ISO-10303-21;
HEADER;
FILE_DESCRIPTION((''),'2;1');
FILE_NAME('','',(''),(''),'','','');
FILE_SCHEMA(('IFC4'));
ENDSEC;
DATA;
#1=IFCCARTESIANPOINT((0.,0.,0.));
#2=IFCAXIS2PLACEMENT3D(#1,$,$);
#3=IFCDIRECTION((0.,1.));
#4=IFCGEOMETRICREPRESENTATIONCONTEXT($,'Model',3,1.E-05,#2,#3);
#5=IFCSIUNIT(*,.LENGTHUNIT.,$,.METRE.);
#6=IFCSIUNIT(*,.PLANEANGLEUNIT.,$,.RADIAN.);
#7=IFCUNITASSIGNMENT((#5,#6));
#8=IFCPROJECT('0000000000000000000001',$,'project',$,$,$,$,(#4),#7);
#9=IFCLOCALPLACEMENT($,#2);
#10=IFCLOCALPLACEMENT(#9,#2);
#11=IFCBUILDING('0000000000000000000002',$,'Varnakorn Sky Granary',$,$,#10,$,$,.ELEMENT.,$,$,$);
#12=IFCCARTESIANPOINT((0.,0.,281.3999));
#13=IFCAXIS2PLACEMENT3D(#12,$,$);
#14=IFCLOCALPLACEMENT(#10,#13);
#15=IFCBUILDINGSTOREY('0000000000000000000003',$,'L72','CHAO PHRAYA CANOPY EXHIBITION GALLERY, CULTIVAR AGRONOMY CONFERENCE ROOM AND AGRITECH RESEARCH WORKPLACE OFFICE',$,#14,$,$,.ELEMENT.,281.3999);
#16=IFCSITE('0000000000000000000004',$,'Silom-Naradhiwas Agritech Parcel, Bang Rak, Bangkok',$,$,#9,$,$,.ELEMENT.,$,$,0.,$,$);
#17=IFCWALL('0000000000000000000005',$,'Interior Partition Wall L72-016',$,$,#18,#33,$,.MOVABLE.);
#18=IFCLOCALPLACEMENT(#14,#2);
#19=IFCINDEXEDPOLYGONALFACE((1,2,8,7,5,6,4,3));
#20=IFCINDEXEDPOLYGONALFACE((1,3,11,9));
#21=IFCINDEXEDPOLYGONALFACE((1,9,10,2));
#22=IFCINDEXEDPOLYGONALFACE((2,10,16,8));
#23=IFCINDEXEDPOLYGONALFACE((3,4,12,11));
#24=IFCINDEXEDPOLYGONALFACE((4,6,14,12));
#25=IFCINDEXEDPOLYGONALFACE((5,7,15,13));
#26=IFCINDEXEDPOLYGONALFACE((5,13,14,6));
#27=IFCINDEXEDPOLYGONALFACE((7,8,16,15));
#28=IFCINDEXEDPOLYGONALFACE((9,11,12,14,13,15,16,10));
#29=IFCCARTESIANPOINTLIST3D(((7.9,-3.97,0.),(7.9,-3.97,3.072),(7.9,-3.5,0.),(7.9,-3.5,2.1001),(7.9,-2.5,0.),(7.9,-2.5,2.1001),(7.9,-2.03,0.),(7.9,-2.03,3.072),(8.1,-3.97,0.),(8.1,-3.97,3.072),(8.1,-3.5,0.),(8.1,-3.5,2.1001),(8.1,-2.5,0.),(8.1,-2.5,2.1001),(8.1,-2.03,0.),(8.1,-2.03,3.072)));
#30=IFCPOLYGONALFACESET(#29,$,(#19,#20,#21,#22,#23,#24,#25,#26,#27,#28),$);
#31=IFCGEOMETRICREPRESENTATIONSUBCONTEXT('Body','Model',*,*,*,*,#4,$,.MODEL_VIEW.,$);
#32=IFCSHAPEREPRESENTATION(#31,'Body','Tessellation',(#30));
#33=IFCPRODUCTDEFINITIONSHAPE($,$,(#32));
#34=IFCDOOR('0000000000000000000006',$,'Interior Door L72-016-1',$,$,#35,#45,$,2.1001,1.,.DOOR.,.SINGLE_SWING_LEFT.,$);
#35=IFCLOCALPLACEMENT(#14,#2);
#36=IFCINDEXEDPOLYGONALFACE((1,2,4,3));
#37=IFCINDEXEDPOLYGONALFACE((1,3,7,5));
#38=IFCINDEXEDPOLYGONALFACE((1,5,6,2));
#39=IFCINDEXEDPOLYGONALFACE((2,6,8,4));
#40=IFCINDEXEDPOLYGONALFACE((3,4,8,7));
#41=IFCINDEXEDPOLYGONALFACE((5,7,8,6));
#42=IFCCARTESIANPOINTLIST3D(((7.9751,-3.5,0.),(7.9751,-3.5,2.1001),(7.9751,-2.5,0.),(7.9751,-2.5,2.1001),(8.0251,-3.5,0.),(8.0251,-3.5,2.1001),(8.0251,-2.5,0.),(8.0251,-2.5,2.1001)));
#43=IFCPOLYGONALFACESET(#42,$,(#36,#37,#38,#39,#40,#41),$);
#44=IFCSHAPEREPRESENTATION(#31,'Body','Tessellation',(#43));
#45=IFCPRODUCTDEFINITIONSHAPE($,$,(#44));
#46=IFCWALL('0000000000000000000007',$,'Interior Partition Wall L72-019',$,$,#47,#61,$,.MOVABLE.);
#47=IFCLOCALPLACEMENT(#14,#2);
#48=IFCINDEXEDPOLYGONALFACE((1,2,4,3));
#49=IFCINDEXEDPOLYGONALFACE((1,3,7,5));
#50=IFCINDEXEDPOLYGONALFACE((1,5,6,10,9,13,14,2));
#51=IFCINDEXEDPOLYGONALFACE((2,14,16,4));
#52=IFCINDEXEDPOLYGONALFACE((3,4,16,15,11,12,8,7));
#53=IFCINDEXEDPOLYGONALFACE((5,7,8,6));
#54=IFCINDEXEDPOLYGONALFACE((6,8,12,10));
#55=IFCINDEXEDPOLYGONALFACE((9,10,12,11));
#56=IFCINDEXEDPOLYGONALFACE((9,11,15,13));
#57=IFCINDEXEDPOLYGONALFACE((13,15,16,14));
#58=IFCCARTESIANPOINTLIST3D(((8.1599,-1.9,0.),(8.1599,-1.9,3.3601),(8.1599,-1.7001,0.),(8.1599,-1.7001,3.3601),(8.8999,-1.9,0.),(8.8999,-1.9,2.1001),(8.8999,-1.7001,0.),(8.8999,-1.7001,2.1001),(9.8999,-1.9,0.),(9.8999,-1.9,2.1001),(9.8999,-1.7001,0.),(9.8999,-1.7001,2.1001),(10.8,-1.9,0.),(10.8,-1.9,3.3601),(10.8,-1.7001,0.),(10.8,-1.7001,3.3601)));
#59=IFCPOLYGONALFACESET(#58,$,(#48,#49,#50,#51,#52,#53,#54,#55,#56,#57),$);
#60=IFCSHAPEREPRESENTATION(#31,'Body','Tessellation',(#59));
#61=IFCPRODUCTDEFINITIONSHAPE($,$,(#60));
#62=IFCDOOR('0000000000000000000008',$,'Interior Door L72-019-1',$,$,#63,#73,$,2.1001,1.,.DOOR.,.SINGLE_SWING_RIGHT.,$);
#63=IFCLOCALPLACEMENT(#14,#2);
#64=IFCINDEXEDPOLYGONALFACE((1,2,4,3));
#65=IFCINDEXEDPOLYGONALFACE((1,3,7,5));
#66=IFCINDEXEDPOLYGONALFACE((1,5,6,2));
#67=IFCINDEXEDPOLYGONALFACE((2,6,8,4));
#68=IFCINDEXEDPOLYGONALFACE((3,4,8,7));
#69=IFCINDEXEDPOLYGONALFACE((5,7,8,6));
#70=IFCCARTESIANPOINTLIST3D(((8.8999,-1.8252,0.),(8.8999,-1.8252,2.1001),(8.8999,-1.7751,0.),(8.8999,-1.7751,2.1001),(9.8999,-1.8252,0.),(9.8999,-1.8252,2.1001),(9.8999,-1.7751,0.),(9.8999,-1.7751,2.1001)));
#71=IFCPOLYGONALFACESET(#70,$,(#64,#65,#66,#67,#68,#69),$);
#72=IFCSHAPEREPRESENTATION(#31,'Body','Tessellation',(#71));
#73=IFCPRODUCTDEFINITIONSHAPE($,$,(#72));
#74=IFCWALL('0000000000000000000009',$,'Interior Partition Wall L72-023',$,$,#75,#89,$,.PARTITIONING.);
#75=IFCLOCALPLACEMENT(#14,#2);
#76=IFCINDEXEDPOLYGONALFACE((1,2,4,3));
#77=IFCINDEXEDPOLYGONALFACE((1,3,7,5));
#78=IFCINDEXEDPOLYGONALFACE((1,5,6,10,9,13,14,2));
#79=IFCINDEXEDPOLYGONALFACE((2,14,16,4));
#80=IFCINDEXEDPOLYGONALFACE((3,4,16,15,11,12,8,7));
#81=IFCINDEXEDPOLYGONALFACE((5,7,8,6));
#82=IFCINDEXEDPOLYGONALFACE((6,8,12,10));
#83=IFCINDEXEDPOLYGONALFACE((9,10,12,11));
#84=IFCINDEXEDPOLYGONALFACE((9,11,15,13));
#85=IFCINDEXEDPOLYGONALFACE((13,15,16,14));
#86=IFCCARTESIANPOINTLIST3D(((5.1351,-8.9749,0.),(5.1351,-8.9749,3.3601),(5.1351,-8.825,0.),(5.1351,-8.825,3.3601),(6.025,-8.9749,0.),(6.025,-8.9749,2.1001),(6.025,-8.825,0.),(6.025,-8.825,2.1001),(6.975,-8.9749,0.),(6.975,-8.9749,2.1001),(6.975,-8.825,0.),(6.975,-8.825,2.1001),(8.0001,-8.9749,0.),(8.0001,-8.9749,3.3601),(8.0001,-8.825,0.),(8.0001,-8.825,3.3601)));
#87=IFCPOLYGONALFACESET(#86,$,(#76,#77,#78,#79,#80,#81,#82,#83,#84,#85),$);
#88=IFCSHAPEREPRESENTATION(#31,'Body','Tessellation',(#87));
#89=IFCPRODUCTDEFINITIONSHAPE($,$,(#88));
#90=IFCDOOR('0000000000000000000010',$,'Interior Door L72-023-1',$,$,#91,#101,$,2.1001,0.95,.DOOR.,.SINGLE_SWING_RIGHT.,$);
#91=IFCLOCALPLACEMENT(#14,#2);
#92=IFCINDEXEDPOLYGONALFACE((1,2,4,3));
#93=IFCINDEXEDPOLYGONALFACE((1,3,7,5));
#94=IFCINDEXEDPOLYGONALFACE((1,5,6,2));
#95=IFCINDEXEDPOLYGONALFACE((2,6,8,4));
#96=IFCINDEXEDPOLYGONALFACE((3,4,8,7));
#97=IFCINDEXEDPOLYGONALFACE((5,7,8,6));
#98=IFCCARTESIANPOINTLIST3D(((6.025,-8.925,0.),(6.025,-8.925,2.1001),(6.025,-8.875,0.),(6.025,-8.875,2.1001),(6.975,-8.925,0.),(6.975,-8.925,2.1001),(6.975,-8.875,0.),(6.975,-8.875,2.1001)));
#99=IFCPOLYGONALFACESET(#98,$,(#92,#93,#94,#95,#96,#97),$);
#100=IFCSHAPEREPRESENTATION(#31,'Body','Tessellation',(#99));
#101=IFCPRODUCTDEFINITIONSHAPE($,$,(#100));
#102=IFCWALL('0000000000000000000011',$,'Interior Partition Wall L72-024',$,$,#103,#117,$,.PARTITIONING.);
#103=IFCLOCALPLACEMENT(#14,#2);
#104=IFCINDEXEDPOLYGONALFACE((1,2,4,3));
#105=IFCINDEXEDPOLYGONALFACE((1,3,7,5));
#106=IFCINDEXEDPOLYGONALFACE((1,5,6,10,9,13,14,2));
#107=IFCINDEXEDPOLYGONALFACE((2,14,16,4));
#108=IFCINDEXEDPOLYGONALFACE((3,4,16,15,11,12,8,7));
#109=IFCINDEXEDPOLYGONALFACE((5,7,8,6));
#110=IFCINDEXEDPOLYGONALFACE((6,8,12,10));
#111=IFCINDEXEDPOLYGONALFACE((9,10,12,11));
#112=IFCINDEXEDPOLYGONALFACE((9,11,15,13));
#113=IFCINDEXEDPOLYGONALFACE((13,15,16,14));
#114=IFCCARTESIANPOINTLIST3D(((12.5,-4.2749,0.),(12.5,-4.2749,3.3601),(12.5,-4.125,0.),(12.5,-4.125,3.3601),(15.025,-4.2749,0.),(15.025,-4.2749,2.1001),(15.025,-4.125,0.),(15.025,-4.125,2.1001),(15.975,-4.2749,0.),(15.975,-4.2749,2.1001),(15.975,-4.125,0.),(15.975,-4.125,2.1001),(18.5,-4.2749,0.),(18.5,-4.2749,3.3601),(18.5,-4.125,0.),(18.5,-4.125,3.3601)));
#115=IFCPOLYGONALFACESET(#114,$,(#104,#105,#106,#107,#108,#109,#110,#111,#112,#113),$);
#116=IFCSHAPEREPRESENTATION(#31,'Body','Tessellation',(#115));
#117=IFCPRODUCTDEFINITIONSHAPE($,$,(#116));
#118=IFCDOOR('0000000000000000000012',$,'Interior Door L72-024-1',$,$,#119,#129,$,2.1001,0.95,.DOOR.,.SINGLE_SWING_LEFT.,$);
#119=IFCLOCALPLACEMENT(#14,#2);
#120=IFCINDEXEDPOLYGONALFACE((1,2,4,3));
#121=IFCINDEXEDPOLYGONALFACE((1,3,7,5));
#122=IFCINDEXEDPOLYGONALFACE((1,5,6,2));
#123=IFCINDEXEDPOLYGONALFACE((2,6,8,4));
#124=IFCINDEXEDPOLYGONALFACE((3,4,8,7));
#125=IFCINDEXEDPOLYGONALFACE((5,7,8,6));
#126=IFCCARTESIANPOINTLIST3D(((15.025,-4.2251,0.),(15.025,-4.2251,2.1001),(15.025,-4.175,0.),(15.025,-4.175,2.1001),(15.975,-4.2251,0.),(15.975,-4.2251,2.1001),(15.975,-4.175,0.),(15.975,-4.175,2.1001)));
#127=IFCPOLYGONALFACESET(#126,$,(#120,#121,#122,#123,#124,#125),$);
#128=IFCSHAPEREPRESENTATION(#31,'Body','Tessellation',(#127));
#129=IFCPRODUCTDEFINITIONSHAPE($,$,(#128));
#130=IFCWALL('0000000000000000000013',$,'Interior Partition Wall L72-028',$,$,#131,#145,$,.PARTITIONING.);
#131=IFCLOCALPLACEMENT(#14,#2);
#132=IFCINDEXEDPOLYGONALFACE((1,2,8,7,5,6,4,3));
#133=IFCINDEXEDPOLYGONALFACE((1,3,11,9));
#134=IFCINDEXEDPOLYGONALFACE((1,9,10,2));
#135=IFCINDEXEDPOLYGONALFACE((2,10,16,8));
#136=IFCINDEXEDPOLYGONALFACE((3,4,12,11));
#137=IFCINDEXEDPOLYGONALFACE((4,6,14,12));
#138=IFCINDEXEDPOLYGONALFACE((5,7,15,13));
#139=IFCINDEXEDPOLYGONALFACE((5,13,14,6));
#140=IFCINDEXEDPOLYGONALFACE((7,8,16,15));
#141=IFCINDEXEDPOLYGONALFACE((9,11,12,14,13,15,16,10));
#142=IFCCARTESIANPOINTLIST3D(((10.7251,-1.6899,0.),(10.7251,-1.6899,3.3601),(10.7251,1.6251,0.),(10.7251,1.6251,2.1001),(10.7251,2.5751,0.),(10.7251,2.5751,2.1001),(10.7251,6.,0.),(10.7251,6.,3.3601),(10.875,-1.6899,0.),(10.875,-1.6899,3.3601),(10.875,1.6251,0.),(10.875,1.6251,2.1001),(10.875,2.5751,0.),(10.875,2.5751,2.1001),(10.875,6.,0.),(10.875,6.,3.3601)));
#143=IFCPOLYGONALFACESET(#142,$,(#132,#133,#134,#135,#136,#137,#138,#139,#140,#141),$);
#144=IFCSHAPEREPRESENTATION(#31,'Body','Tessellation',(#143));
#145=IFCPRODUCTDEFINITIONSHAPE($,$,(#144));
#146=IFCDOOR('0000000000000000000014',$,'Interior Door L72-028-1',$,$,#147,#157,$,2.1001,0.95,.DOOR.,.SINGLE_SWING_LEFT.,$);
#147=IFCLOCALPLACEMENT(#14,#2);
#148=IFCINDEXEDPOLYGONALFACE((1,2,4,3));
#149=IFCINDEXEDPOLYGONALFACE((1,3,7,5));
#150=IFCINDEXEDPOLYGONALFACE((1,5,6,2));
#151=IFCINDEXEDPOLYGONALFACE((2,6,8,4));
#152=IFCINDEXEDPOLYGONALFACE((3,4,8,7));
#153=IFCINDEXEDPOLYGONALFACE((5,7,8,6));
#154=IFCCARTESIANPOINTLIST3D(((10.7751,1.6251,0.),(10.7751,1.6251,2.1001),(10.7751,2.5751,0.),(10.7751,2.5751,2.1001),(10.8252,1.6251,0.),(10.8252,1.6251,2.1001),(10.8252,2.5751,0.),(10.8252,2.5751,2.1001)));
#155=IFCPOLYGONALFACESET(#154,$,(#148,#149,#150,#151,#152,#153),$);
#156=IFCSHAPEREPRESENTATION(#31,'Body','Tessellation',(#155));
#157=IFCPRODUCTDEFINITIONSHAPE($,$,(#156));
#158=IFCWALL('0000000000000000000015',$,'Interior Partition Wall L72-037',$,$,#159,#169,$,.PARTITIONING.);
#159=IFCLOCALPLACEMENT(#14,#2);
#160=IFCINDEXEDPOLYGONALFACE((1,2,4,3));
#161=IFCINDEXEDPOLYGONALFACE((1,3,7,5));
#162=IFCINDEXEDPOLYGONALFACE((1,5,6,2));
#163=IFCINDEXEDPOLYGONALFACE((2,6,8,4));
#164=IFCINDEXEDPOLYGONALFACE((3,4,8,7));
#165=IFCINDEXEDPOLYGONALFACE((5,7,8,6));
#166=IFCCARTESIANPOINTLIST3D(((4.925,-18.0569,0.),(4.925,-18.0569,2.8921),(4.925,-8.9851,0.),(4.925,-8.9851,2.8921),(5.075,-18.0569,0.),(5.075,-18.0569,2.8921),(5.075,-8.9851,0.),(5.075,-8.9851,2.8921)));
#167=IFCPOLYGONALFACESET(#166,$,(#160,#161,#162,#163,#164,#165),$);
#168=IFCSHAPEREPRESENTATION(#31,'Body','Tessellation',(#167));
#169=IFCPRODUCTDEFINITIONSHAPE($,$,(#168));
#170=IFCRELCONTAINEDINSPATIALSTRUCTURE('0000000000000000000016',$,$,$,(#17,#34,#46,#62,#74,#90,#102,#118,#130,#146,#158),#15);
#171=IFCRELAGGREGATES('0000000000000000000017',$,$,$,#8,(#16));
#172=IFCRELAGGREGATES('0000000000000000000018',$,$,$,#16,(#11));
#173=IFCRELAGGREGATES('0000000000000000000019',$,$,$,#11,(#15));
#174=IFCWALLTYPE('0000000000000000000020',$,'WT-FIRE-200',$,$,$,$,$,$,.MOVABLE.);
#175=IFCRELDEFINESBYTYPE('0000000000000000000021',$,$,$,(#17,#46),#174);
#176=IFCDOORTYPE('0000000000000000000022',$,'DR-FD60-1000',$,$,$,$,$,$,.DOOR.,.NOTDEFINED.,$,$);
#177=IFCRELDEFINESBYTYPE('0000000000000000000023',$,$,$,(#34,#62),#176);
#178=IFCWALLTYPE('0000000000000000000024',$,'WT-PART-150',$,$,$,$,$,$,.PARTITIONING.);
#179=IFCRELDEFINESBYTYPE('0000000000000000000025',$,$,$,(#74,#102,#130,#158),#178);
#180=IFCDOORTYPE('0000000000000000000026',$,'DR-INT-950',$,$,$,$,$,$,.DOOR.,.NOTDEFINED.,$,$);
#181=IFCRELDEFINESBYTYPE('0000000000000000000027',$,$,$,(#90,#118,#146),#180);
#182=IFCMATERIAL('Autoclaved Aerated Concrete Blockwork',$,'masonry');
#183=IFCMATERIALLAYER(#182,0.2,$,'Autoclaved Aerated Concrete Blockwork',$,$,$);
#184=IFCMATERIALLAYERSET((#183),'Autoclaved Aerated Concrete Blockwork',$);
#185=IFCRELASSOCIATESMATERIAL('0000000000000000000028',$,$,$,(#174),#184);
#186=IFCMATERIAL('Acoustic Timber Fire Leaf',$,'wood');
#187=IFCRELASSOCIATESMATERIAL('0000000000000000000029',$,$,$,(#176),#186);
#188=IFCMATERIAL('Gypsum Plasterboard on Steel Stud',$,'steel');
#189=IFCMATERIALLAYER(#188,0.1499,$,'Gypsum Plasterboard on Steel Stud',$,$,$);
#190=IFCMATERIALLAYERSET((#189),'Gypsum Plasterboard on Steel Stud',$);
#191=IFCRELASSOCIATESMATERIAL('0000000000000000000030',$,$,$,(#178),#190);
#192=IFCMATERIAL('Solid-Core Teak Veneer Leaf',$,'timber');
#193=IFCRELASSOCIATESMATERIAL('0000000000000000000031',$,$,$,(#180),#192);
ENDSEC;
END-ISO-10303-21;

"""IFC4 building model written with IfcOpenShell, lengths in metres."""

from ifc_helpers import new_model, si_unit, direction, frame, frame_2d, origin, place, context, subcontext, project, spatial, rectangle, extrude, material, layer, layer_set, type_object, element, fill, save


model = new_model("IFC4")

# Units and contexts
model_context = context("Model", 3, precision=1e-05, world=origin(), true_north=direction((0.0, 1.0)))
body_context = subcontext(model_context, "Body", "Model", "MODEL_VIEW")
ifc_project = project(units=[si_unit("LENGTHUNIT", "METRE"), si_unit("PLANEANGLEUNIT", "RADIAN")], contexts=[model_context])

# Site, building, storey
site_placement = place(None, origin())
site = spatial("IfcSite", under=ifc_project, at=site_placement, Name="Silom-Naradhiwas Agritech Parcel, Bang Rak, Bangkok", CompositionType="ELEMENT", RefElevation=0.0)
building_placement = place(site_placement, origin())
building = spatial("IfcBuilding", under=site, at=building_placement, Name="Varnakorn Sky Granary", CompositionType="ELEMENT")
storey_placement = place(building_placement, frame((0.0, 0.0, 281.3999)))
storey = spatial("IfcBuildingStorey", under=building, at=storey_placement, Name="L72", Description="CHAO PHRAYA CANOPY EXHIBITION GALLERY, CULTIVAR AGRONOMY CONFERENCE ROOM AND AGRITECH RESEARCH WORKPLACE OFFICE", CompositionType="ELEMENT", Elevation=281.3999)

# Walls, openings, doors
ifc_material_1 = material(Name="Autoclaved Aerated Concrete Blockwork", Category="masonry")
ifc_layer_1 = layer(ifc_material_1, 0.2, Name="Autoclaved Aerated Concrete Blockwork")
ifc_layer_set_1 = layer_set([ifc_layer_1], Name="Autoclaved Aerated Concrete Blockwork")
wall_type_1 = type_object("IfcWallType", Name="WT-FIRE-200", PredefinedType="MOVABLE", material=ifc_layer_set_1)
wall_1_placement = place(storey_placement, frame((8.0, -3.97, 0.0), z_axis=(0.0, 0.0, 1.0), x_axis=(0.0, 1.0, 0.0)))
wall_1 = element("IfcWall", 1, at=wall_1_placement, inside=storey, type_object=wall_type_1, Name="Interior Partition Wall L72-016", PredefinedType="MOVABLE", context=body_context, shape_type="SweptSolid", body=[
    extrude(rectangle(XDim=1.9399, YDim=0.2, at=frame_2d((0.97, 0.0))), origin(), (0.0, 0.0, 1.0), 3.072),
])
opening_1_placement = place(wall_1_placement, frame((0.47, 0.0, 0.0)))
opening_1 = element("IfcOpeningElement", 2, at=opening_1_placement, cuts=wall_1, PredefinedType="OPENING", context=body_context, shape_type="SweptSolid", body=[
    extrude(rectangle(XDim=1.0, YDim=2.1001, at=frame_2d((0.5, 1.05))), frame((0.0, 0.1099, 0.0), z_axis=(0.0, -1.0, 0.0), x_axis=(1.0, 0.0, 0.0)), (0.0, 0.0, 1.0), 0.22),
])
ifc_material_2 = material(Name="Acoustic Timber Fire Leaf", Category="wood")
door_type_1 = type_object("IfcDoorType", Name="DR-FD60-1000", OperationType="NOTDEFINED", PredefinedType="DOOR", material=ifc_material_2)
door_1_placement = place(opening_1_placement, origin())
door_1 = element("IfcDoor", 3, at=door_1_placement, inside=storey, type_object=door_type_1, Name="Interior Door L72-016-1", OperationType="SINGLE_SWING_LEFT", OverallHeight=2.1001, OverallWidth=1.0, PredefinedType="DOOR", context=body_context, shape_type="SweptSolid", body=[
    extrude(rectangle(XDim=1.0, YDim=2.1001, at=frame_2d((0.5, 1.05))), frame((0.0, 0.0249, 0.0), z_axis=(0.0, -1.0, 0.0), x_axis=(1.0, 0.0, 0.0)), (0.0, 0.0, 1.0), 0.05),
])
fill(opening_1, door_1)
wall_2_placement = place(storey_placement, frame((8.1599, -1.8, 0.0), z_axis=(0.0, 0.0, 1.0), x_axis=(1.0, 0.0, 0.0)))
wall_2 = element("IfcWall", 4, at=wall_2_placement, inside=storey, type_object=wall_type_1, Name="Interior Partition Wall L72-019", PredefinedType="MOVABLE", context=body_context, shape_type="SweptSolid", body=[
    extrude(rectangle(XDim=2.6401, YDim=0.2, at=frame_2d((1.3201, 0.0))), origin(), (0.0, 0.0, 1.0), 3.3601),
])
opening_2_placement = place(wall_2_placement, frame((0.74, 0.0, 0.0)))
opening_2 = element("IfcOpeningElement", 5, at=opening_2_placement, cuts=wall_2, PredefinedType="OPENING", context=body_context, shape_type="SweptSolid", body=[
    extrude(rectangle(XDim=1.0, YDim=2.1001, at=frame_2d((0.5, 1.05))), frame((0.0, 0.1099, 0.0), z_axis=(0.0, -1.0, 0.0), x_axis=(1.0, 0.0, 0.0)), (0.0, 0.0, 1.0), 0.22),
])
door_2_placement = place(opening_2_placement, origin())
door_2 = element("IfcDoor", 6, at=door_2_placement, inside=storey, type_object=door_type_1, Name="Interior Door L72-019-1", OperationType="SINGLE_SWING_RIGHT", OverallHeight=2.1001, OverallWidth=1.0, PredefinedType="DOOR", context=body_context, shape_type="SweptSolid", body=[
    extrude(rectangle(XDim=1.0, YDim=2.1001, at=frame_2d((0.5, 1.05))), frame((0.0, 0.0249, 0.0), z_axis=(0.0, -1.0, 0.0), x_axis=(1.0, 0.0, 0.0)), (0.0, 0.0, 1.0), 0.05),
])
fill(opening_2, door_2)
ifc_material_3 = material(Name="Gypsum Plasterboard on Steel Stud", Category="steel")
ifc_layer_2 = layer(ifc_material_3, 0.1499, Name="Gypsum Plasterboard on Steel Stud")
ifc_layer_set_2 = layer_set([ifc_layer_2], Name="Gypsum Plasterboard on Steel Stud")
wall_type_2 = type_object("IfcWallType", Name="WT-PART-150", PredefinedType="PARTITIONING", material=ifc_layer_set_2)
wall_3_placement = place(storey_placement, frame((5.135, -8.8999, 0.0), z_axis=(0.0, 0.0, 1.0), x_axis=(1.0, 0.0, 0.0)))
wall_3 = element("IfcWall", 7, at=wall_3_placement, inside=storey, type_object=wall_type_2, Name="Interior Partition Wall L72-023", PredefinedType="PARTITIONING", context=body_context, shape_type="SweptSolid", body=[
    extrude(rectangle(XDim=2.865, YDim=0.1499, at=frame_2d((1.4326, 0.0))), origin(), (0.0, 0.0, 1.0), 3.3601),
])
opening_3_placement = place(wall_3_placement, frame((0.8899, 0.0, 0.0)))
opening_3 = element("IfcOpeningElement", 8, at=opening_3_placement, cuts=wall_3, PredefinedType="OPENING", context=body_context, shape_type="SweptSolid", body=[
    extrude(rectangle(XDim=0.95, YDim=2.1001, at=frame_2d((0.4751, 1.05))), frame((0.0, 0.085, 0.0), z_axis=(0.0, -1.0, 0.0), x_axis=(1.0, 0.0, 0.0)), (0.0, 0.0, 1.0), 0.1699),
])
ifc_material_4 = material(Name="Solid-Core Teak Veneer Leaf", Category="timber")
door_type_2 = type_object("IfcDoorType", Name="DR-INT-950", OperationType="NOTDEFINED", PredefinedType="DOOR", material=ifc_material_4)
door_3_placement = place(opening_3_placement, origin())
door_3 = element("IfcDoor", 9, at=door_3_placement, inside=storey, type_object=door_type_2, Name="Interior Door L72-023-1", OperationType="SINGLE_SWING_RIGHT", OverallHeight=2.1001, OverallWidth=0.95, PredefinedType="DOOR", context=body_context, shape_type="SweptSolid", body=[
    extrude(rectangle(XDim=0.95, YDim=2.1001, at=frame_2d((0.4751, 1.05))), frame((0.0, 0.0249, 0.0), z_axis=(0.0, -1.0, 0.0), x_axis=(1.0, 0.0, 0.0)), (0.0, 0.0, 1.0), 0.05),
])
fill(opening_3, door_3)
wall_4_placement = place(storey_placement, frame((12.5, -4.2, 0.0), z_axis=(0.0, 0.0, 1.0), x_axis=(1.0, 0.0, 0.0)))
wall_4 = element("IfcWall", 10, at=wall_4_placement, inside=storey, type_object=wall_type_2, Name="Interior Partition Wall L72-024", PredefinedType="PARTITIONING", context=body_context, shape_type="SweptSolid", body=[
    extrude(rectangle(XDim=6.0, YDim=0.1499, at=frame_2d((3.0, 0.0))), origin(), (0.0, 0.0, 1.0), 3.3601),
])
opening_4_placement = place(wall_4_placement, frame((2.5249, 0.0, 0.0)))
opening_4 = element("IfcOpeningElement", 11, at=opening_4_placement, cuts=wall_4, PredefinedType="OPENING", context=body_context, shape_type="SweptSolid", body=[
    extrude(rectangle(XDim=0.95, YDim=2.1001, at=frame_2d((0.4751, 1.05))), frame((0.0, 0.085, 0.0), z_axis=(0.0, -1.0, 0.0), x_axis=(1.0, 0.0, 0.0)), (0.0, 0.0, 1.0), 0.1699),
])
door_4_placement = place(opening_4_placement, origin())
door_4 = element("IfcDoor", 12, at=door_4_placement, inside=storey, type_object=door_type_2, Name="Interior Door L72-024-1", OperationType="SINGLE_SWING_LEFT", OverallHeight=2.1001, OverallWidth=0.95, PredefinedType="DOOR", context=body_context, shape_type="SweptSolid", body=[
    extrude(rectangle(XDim=0.95, YDim=2.1001, at=frame_2d((0.4751, 1.05))), frame((0.0, 0.0249, 0.0), z_axis=(0.0, -1.0, 0.0), x_axis=(1.0, 0.0, 0.0)), (0.0, 0.0, 1.0), 0.05),
])
fill(opening_4, door_4)
wall_5_placement = place(storey_placement, frame((10.8, -1.6899, 0.0), z_axis=(0.0, 0.0, 1.0), x_axis=(0.0, 1.0, 0.0)))
wall_5 = element("IfcWall", 13, at=wall_5_placement, inside=storey, type_object=wall_type_2, Name="Interior Partition Wall L72-028", PredefinedType="PARTITIONING", context=body_context, shape_type="SweptSolid", body=[
    extrude(rectangle(XDim=7.6899, YDim=0.1499, at=frame_2d((3.845, 0.0))), origin(), (0.0, 0.0, 1.0), 3.3601),
])
opening_5_placement = place(wall_5_placement, frame((3.3149, 0.0, 0.0)))
opening_5 = element("IfcOpeningElement", 14, at=opening_5_placement, cuts=wall_5, PredefinedType="OPENING", context=body_context, shape_type="SweptSolid", body=[
    extrude(rectangle(XDim=0.95, YDim=2.1001, at=frame_2d((0.4751, 1.05))), frame((0.0, 0.085, 0.0), z_axis=(0.0, -1.0, 0.0), x_axis=(1.0, 0.0, 0.0)), (0.0, 0.0, 1.0), 0.1699),
])
door_5_placement = place(opening_5_placement, origin())
door_5 = element("IfcDoor", 15, at=door_5_placement, inside=storey, type_object=door_type_2, Name="Interior Door L72-028-1", OperationType="SINGLE_SWING_LEFT", OverallHeight=2.1001, OverallWidth=0.95, PredefinedType="DOOR", context=body_context, shape_type="SweptSolid", body=[
    extrude(rectangle(XDim=0.95, YDim=2.1001, at=frame_2d((0.4751, 1.05))), frame((0.0, 0.0249, 0.0), z_axis=(0.0, -1.0, 0.0), x_axis=(1.0, 0.0, 0.0)), (0.0, 0.0, 1.0), 0.05),
])
fill(opening_5, door_5)

# Wall
wall_6_placement = place(storey_placement, frame((5.0, -8.9851, 0.0), z_axis=(0.0, 0.0, 1.0), x_axis=(0.0, -1.0, 0.0)))
element("IfcWall", 16, at=wall_6_placement, inside=storey, type_object=wall_type_2, Name="Interior Partition Wall L72-037", PredefinedType="PARTITIONING", context=body_context, shape_type="SweptSolid", body=[
    extrude(rectangle(XDim=9.0718, YDim=0.1499, at=frame_2d((4.5359, 0.0))), origin(), (0.0, 0.0, 1.0), 2.8921),
])

save(model, "model.ifc")
